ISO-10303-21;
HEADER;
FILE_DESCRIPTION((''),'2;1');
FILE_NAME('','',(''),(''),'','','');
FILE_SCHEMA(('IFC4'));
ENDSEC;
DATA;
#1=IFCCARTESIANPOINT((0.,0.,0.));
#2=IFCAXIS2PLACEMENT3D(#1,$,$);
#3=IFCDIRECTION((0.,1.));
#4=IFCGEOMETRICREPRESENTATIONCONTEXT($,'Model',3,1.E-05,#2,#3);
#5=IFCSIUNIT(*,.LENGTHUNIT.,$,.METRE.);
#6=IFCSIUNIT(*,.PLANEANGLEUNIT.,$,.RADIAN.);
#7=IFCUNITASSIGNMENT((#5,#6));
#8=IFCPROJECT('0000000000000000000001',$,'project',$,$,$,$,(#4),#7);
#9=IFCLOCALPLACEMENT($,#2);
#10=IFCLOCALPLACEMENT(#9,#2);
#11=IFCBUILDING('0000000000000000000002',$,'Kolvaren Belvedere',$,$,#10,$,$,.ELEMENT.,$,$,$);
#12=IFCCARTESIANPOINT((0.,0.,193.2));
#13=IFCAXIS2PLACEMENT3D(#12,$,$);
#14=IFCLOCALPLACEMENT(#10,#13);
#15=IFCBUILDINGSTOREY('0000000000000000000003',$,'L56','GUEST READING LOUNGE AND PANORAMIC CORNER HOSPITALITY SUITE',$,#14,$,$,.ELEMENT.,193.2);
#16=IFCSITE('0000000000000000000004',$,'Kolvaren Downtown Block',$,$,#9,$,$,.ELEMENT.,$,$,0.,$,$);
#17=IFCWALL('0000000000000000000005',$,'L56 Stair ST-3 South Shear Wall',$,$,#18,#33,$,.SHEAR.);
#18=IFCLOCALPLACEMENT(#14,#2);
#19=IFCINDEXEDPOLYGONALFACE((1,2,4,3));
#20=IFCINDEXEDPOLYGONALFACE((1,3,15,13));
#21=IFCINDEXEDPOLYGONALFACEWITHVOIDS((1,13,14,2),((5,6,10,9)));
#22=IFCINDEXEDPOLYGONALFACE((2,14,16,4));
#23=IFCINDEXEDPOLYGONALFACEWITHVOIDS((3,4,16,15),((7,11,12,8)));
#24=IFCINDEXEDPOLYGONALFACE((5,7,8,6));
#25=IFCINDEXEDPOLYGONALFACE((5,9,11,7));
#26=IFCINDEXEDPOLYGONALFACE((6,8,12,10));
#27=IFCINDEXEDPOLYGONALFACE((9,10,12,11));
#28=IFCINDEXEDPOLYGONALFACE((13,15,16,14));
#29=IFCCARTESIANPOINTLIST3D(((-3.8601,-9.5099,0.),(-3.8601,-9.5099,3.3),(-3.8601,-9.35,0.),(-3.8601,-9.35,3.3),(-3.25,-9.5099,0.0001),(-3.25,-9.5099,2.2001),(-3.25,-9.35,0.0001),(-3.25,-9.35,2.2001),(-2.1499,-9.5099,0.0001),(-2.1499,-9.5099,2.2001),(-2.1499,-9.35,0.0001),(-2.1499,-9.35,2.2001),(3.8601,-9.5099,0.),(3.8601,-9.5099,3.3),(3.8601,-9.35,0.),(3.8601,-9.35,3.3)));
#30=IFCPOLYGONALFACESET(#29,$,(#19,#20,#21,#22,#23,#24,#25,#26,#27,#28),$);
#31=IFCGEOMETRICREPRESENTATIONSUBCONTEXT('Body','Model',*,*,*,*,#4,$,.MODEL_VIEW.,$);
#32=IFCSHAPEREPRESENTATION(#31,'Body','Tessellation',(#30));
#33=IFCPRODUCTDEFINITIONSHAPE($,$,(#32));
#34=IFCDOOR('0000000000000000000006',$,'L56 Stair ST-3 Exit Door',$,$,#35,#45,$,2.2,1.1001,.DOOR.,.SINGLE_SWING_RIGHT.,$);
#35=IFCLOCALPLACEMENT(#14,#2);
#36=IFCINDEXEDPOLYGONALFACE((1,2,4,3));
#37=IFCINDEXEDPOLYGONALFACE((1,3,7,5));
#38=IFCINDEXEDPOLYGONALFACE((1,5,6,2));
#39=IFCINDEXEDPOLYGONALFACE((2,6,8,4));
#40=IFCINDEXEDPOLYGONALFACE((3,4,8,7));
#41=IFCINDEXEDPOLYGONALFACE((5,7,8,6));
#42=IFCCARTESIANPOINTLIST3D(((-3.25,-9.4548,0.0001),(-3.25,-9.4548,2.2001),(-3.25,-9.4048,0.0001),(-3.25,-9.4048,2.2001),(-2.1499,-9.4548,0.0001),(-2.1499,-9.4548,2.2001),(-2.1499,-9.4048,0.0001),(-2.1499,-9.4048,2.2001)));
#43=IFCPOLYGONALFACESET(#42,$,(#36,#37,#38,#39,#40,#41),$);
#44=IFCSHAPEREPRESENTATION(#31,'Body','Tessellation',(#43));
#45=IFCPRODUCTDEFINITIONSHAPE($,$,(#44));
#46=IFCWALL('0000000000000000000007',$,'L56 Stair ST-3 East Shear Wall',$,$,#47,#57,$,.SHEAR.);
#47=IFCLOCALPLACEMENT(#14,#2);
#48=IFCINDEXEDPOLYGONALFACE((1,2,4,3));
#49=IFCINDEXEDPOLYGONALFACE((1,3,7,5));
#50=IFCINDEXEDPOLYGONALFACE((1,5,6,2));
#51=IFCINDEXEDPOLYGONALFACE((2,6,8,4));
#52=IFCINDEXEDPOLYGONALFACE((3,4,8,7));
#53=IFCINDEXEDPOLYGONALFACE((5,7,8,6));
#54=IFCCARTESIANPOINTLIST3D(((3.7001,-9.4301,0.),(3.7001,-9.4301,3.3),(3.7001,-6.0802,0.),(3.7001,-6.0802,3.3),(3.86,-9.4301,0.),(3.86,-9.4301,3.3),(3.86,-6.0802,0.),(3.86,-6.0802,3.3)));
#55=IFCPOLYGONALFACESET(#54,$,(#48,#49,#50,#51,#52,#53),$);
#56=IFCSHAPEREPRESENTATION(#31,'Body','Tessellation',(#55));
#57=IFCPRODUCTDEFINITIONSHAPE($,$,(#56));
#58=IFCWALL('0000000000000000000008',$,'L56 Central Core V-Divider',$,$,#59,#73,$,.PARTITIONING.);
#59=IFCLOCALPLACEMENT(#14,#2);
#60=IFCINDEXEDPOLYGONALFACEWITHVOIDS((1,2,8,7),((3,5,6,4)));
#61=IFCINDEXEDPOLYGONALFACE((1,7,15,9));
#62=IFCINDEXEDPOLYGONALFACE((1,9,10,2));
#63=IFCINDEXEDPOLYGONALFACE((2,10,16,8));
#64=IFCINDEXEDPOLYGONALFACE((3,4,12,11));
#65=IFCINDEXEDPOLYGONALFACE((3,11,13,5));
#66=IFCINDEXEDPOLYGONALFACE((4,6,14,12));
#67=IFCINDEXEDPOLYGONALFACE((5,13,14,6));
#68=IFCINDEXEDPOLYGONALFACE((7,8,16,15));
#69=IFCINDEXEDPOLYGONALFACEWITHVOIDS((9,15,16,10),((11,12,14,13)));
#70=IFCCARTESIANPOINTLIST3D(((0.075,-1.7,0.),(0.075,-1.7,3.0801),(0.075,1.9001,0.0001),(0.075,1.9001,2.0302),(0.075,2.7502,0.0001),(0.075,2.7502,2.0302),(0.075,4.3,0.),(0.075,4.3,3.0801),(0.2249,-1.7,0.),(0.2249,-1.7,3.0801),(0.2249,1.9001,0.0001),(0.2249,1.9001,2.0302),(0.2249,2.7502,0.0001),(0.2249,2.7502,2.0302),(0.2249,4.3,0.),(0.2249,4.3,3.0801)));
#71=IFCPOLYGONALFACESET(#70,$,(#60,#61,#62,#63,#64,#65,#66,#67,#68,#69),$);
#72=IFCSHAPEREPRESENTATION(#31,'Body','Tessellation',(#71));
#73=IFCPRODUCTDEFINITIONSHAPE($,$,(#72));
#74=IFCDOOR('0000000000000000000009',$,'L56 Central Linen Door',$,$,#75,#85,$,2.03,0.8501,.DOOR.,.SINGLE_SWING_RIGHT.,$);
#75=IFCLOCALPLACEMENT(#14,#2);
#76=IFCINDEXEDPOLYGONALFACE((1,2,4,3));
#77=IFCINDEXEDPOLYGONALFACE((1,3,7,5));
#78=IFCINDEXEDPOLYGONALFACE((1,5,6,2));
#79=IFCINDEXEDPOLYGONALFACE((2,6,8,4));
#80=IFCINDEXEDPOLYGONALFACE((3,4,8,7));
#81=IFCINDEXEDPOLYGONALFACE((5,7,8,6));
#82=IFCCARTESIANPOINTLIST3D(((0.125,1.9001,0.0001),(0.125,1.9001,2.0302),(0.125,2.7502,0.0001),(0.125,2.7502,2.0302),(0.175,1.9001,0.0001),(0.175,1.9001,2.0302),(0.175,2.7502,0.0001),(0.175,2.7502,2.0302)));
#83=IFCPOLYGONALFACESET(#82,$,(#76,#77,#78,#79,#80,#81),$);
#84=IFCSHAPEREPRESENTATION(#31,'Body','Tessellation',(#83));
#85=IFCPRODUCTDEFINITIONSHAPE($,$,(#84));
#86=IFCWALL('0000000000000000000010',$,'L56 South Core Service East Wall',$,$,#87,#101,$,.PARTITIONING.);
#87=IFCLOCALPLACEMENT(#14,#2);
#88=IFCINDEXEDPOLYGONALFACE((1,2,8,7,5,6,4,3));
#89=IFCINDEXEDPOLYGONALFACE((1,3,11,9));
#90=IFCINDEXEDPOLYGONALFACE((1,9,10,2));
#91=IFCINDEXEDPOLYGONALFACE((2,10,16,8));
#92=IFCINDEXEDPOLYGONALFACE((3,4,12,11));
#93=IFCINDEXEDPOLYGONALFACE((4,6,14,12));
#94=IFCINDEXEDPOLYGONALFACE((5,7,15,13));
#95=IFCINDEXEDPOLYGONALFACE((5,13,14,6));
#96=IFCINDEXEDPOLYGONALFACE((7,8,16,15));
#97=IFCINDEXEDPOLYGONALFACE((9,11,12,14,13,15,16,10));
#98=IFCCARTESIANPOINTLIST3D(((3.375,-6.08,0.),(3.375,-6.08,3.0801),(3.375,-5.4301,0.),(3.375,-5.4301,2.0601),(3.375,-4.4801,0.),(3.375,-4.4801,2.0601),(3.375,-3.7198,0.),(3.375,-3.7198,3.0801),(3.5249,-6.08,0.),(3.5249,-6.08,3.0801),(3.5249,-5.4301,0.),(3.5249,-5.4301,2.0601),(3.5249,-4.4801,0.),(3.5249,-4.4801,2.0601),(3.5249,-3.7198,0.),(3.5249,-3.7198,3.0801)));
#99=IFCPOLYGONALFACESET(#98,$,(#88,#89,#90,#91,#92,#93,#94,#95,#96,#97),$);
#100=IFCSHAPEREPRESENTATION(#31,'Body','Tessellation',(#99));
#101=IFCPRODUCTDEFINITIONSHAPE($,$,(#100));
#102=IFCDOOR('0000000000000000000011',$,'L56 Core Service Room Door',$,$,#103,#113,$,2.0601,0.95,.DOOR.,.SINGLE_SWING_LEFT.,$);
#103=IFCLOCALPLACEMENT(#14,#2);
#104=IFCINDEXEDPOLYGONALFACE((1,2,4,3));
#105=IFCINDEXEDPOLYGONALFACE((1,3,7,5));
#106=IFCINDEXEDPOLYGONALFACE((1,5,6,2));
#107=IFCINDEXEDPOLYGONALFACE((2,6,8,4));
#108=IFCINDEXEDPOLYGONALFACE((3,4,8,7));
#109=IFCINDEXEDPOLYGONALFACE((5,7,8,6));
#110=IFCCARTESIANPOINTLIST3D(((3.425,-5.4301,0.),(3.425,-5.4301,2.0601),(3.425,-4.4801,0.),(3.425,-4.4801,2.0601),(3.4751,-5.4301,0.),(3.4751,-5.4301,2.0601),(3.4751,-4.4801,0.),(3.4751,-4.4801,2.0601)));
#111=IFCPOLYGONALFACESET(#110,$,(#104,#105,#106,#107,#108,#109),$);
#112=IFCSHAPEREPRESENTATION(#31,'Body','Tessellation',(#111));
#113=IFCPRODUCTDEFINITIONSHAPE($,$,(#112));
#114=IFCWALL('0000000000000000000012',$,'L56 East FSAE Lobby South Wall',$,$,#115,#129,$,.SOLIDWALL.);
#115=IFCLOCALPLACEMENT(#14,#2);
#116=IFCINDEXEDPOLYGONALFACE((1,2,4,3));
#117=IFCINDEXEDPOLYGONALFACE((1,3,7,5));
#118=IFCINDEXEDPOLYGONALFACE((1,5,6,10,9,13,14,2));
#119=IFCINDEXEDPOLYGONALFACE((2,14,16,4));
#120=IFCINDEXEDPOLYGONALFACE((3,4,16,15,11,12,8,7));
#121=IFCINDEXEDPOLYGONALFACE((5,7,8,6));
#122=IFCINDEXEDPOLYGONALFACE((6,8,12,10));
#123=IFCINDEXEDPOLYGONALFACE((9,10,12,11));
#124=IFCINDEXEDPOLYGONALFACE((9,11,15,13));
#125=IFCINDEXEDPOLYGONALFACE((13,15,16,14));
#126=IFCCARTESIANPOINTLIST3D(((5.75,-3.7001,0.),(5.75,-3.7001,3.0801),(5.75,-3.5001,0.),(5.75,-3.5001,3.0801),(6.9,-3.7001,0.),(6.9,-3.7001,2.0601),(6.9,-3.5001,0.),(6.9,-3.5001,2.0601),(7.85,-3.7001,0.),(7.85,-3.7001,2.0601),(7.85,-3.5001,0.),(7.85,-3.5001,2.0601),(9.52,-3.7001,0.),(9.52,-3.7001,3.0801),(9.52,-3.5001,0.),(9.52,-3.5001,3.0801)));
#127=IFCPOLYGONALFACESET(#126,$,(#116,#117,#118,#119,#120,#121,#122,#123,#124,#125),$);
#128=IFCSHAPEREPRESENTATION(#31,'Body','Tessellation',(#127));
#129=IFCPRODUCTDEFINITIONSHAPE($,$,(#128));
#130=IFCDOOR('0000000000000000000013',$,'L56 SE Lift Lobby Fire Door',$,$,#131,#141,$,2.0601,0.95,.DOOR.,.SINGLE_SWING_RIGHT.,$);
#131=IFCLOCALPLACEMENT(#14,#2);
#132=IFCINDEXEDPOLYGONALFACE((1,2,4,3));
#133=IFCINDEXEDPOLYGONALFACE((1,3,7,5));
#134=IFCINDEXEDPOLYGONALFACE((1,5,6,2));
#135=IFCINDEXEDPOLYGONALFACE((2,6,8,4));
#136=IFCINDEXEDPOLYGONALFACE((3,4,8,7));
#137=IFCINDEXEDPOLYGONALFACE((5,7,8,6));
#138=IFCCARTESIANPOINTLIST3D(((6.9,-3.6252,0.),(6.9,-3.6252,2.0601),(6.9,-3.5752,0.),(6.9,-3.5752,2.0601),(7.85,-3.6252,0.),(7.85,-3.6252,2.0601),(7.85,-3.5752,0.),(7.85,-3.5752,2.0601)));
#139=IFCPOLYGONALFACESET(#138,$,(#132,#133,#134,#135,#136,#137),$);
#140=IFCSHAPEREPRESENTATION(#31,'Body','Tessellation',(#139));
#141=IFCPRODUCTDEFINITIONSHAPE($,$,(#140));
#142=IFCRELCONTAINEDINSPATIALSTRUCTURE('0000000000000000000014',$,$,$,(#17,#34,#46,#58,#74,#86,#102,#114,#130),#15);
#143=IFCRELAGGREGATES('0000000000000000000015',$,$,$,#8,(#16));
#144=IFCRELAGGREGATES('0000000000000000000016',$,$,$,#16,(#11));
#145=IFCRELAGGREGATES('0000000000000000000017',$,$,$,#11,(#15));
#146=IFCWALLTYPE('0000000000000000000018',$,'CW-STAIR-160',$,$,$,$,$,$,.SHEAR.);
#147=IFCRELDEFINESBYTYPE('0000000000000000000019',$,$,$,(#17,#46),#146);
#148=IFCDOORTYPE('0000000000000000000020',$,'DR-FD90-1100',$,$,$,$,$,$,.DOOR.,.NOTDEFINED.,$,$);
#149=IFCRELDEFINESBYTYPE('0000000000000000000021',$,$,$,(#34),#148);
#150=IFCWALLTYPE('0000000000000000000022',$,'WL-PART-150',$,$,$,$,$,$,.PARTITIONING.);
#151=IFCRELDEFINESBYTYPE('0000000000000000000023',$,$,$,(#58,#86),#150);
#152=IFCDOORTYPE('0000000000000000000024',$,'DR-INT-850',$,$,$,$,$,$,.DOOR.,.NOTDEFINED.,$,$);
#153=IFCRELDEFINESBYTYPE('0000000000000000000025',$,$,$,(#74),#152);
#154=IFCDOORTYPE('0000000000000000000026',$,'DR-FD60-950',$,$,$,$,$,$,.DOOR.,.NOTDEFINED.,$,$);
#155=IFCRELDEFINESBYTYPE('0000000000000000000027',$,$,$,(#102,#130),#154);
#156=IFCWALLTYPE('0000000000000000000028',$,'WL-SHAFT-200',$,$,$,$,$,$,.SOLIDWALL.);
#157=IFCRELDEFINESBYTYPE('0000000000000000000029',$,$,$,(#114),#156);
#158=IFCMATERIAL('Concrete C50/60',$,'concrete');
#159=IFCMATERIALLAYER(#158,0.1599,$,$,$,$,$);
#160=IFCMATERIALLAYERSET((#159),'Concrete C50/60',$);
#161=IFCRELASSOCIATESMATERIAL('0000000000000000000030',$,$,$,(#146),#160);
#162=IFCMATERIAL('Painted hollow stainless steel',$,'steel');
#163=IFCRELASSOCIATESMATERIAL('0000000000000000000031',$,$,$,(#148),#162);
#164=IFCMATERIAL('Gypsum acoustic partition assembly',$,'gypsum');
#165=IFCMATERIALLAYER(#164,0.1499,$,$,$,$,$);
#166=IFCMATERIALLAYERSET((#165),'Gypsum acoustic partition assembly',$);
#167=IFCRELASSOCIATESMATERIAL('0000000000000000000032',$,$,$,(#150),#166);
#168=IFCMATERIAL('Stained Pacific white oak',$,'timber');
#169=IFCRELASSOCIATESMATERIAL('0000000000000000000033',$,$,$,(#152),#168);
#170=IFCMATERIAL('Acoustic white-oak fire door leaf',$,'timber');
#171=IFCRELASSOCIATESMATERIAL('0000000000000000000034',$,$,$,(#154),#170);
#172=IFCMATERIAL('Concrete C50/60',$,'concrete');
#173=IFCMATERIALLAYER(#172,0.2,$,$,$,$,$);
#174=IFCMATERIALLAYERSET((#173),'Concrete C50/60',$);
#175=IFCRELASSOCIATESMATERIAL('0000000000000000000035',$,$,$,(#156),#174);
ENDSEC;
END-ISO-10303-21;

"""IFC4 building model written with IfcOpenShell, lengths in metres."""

from ifc_helpers import new_model, si_unit, direction, frame, frame_2d, origin, place, context, subcontext, project, spatial, rectangle, extrude, material, layer, layer_set, type_object, element, fill, save


model = new_model("IFC4")

# Units and contexts
model_context = context("Model", 3, precision=1e-05, world=origin(), true_north=direction((0.0, 1.0)))
body_context = subcontext(model_context, "Body", "Model", "MODEL_VIEW")
ifc_project = project(units=[si_unit("LENGTHUNIT", "METRE"), si_unit("PLANEANGLEUNIT", "RADIAN")], contexts=[model_context])

# Site, building, storey
site_placement = place(None, origin())
site = spatial("IfcSite", under=ifc_project, at=site_placement, Name="Kolvaren Downtown Block", CompositionType="ELEMENT", RefElevation=0.0)
building_placement = place(site_placement, origin())
building = spatial("IfcBuilding", under=site, at=building_placement, Name="Kolvaren Belvedere", CompositionType="ELEMENT")
storey_placement = place(building_placement, frame((0.0, 0.0, 193.2)))
storey = spatial("IfcBuildingStorey", under=building, at=storey_placement, Name="L56", Description="GUEST READING LOUNGE AND PANORAMIC CORNER HOSPITALITY SUITE", CompositionType="ELEMENT", Elevation=193.2)

# Wall, opening, door
ifc_material_1 = material(Name="Concrete C50/60", Category="concrete")
ifc_layer_1 = layer(ifc_material_1, 0.1599)
ifc_layer_set_1 = layer_set([ifc_layer_1], Name="Concrete C50/60")
wall_type_1 = type_object("IfcWallType", Name="CW-STAIR-160", PredefinedType="SHEAR", material=ifc_layer_set_1)
wall_1_placement = place(storey_placement, frame((3.8601, -9.4299, 0.0), z_axis=(0.0, 0.0, 1.0), x_axis=(-1.0, 0.0, 0.0)))
wall_1 = element("IfcWall", 1, at=wall_1_placement, inside=storey, type_object=wall_type_1, Name="L56 Stair ST-3 South Shear Wall", PredefinedType="SHEAR", context=body_context, shape_type="SweptSolid", body=[
    extrude(rectangle(XDim=7.7202, YDim=0.1599, at=frame_2d((3.8601, 0.0))), origin(), (0.0, 0.0, 1.0), 3.3),
])
opening_1_placement = place(wall_1_placement, frame((6.01, 0.0, 0.0)))
opening_1 = element("IfcOpeningElement", 2, at=opening_1_placement, cuts=wall_1, PredefinedType="OPENING", context=body_context, shape_type="SweptSolid", body=[
    extrude(rectangle(XDim=1.1001, YDim=2.2, at=frame_2d((0.55, 1.1001))), frame((0.0, 0.0898, 0.0), z_axis=(0.0, -1.0, 0.0), x_axis=(1.0, 0.0, 0.0)), (0.0, 0.0, 1.0), 0.1799),
])
ifc_material_2 = material(Name="Painted hollow stainless steel", Category="steel")
door_type_1 = type_object("IfcDoorType", Name="DR-FD90-1100", OperationType="NOTDEFINED", PredefinedType="DOOR", material=ifc_material_2)
door_1_placement = place(opening_1_placement, origin())
door_1 = element("IfcDoor", 3, at=door_1_placement, inside=storey, type_object=door_type_1, Name="L56 Stair ST-3 Exit Door", OperationType="SINGLE_SWING_RIGHT", OverallHeight=2.2, OverallWidth=1.1001, PredefinedType="DOOR", context=body_context, shape_type="SweptSolid", body=[
    extrude(rectangle(XDim=1.1001, YDim=2.2, at=frame_2d((0.55, 1.1001))), frame((0.0, 0.0249, 0.0), z_axis=(0.0, -1.0, 0.0), x_axis=(1.0, 0.0, 0.0)), (0.0, 0.0, 1.0), 0.05),
])
fill(opening_1, door_1)

# Wall
wall_2_placement = place(storey_placement, frame((3.78, -9.4299, 0.0), z_axis=(0.0, 0.0, 1.0), x_axis=(0.0, 1.0, 0.0)))
element("IfcWall", 4, at=wall_2_placement, inside=storey, type_object=wall_type_1, Name="L56 Stair ST-3 East Shear Wall", PredefinedType="SHEAR", context=body_context, shape_type="SweptSolid", body=[
    extrude(rectangle(XDim=3.3499, YDim=0.1599, at=frame_2d((1.6748, 0.0))), origin(), (0.0, 0.0, 1.0), 3.3),
])

# Walls, openings, doors
ifc_material_3 = material(Name="Gypsum acoustic partition assembly", Category="gypsum")
ifc_layer_2 = layer(ifc_material_3, 0.1499)
ifc_layer_set_2 = layer_set([ifc_layer_2], Name="Gypsum acoustic partition assembly")
wall_type_2 = type_object("IfcWallType", Name="WL-PART-150", PredefinedType="PARTITIONING", material=ifc_layer_set_2)
wall_3_placement = place(storey_placement, frame((0.1499, -1.7, 0.0), z_axis=(0.0, 0.0, 1.0), x_axis=(0.0, 1.0, 0.0)))
wall_3 = element("IfcWall", 5, at=wall_3_placement, inside=storey, type_object=wall_type_2, Name="L56 Central Core V-Divider", PredefinedType="PARTITIONING", context=body_context, shape_type="SweptSolid", body=[
    extrude(rectangle(XDim=6.0, YDim=0.1499, at=frame_2d((3.0, 0.0))), origin(), (0.0, 0.0, 1.0), 3.0801),
])
opening_2_placement = place(wall_3_placement, frame((3.6001, 0.0, 0.0)))
opening_2 = element("IfcOpeningElement", 6, at=opening_2_placement, cuts=wall_3, PredefinedType="OPENING", context=body_context, shape_type="SweptSolid", body=[
    extrude(rectangle(XDim=0.8501, YDim=2.03, at=frame_2d((0.425, 1.0151))), frame((0.0, 0.085, 0.0), z_axis=(0.0, -1.0, 0.0), x_axis=(1.0, 0.0, 0.0)), (0.0, 0.0, 1.0), 0.1699),
])
ifc_material_4 = material(Name="Stained Pacific white oak", Category="timber")
door_type_2 = type_object("IfcDoorType", Name="DR-INT-850", OperationType="NOTDEFINED", PredefinedType="DOOR", material=ifc_material_4)
door_2_placement = place(opening_2_placement, origin())
door_2 = element("IfcDoor", 7, at=door_2_placement, inside=storey, type_object=door_type_2, Name="L56 Central Linen Door", OperationType="SINGLE_SWING_RIGHT", OverallHeight=2.03, OverallWidth=0.8501, PredefinedType="DOOR", context=body_context, shape_type="SweptSolid", body=[
    extrude(rectangle(XDim=0.8501, YDim=2.03, at=frame_2d((0.425, 1.0151))), frame((0.0, 0.0249, 0.0), z_axis=(0.0, -1.0, 0.0), x_axis=(1.0, 0.0, 0.0)), (0.0, 0.0, 1.0), 0.05),
])
fill(opening_2, door_2)
wall_4_placement = place(storey_placement, frame((3.45, -6.0801, 0.0), z_axis=(0.0, 0.0, 1.0), x_axis=(0.0, 1.0, 0.0)))
wall_4 = element("IfcWall", 8, at=wall_4_placement, inside=storey, type_object=wall_type_2, Name="L56 South Core Service East Wall", PredefinedType="PARTITIONING", context=body_context, shape_type="SweptSolid", body=[
    extrude(rectangle(XDim=2.3601, YDim=0.1499, at=frame_2d((1.1802, 0.0))), origin(), (0.0, 0.0, 1.0), 3.0801),
])
opening_3_placement = place(wall_4_placement, frame((0.6499, 0.0, 0.0)))
opening_3 = element("IfcOpeningElement", 9, at=opening_3_placement, cuts=wall_4, PredefinedType="OPENING", context=body_context, shape_type="SweptSolid", body=[
    extrude(rectangle(XDim=0.95, YDim=2.0601, at=frame_2d((0.4751, 1.03))), frame((0.0, 0.085, 0.0), z_axis=(0.0, -1.0, 0.0), x_axis=(1.0, 0.0, 0.0)), (0.0, 0.0, 1.0), 0.1699),
])
ifc_material_5 = material(Name="Acoustic white-oak fire door leaf", Category="timber")
door_type_3 = type_object("IfcDoorType", Name="DR-FD60-950", OperationType="NOTDEFINED", PredefinedType="DOOR", material=ifc_material_5)
door_3_placement = place(opening_3_placement, origin())
door_3 = element("IfcDoor", 10, at=door_3_placement, inside=storey, type_object=door_type_3, Name="L56 Core Service Room Door", OperationType="SINGLE_SWING_LEFT", OverallHeight=2.0601, OverallWidth=0.95, PredefinedType="DOOR", context=body_context, shape_type="SweptSolid", body=[
    extrude(rectangle(XDim=0.95, YDim=2.0601, at=frame_2d((0.4751, 1.03))), frame((0.0, 0.0249, 0.0), z_axis=(0.0, -1.0, 0.0), x_axis=(1.0, 0.0, 0.0)), (0.0, 0.0, 1.0), 0.05),
])
fill(opening_3, door_3)
ifc_material_6 = material(Name="Concrete C50/60", Category="concrete")
ifc_layer_3 = layer(ifc_material_6, 0.2)
ifc_layer_set_3 = layer_set([ifc_layer_3], Name="Concrete C50/60")
wall_type_3 = type_object("IfcWallType", Name="WL-SHAFT-200", PredefinedType="SOLIDWALL", material=ifc_layer_set_3)
wall_5_placement = place(storey_placement, frame((5.75, -3.6001, 0.0), z_axis=(0.0, 0.0, 1.0), x_axis=(1.0, 0.0, 0.0)))
wall_5 = element("IfcWall", 11, at=wall_5_placement, inside=storey, type_object=wall_type_3, Name="L56 East FSAE Lobby South Wall", PredefinedType="SOLIDWALL", context=body_context, shape_type="SweptSolid", body=[
    extrude(rectangle(XDim=3.77, YDim=0.2, at=frame_2d((1.885, 0.0))), origin(), (0.0, 0.0, 1.0), 3.0801),
])
opening_4_placement = place(wall_5_placement, frame((1.1499, 0.0, 0.0)))
opening_4 = element("IfcOpeningElement", 12, at=opening_4_placement, cuts=wall_5, PredefinedType="OPENING", context=body_context, shape_type="SweptSolid", body=[
    extrude(rectangle(XDim=0.95, YDim=2.0601, at=frame_2d((0.4751, 1.03))), frame((0.0, 0.1099, 0.0), z_axis=(0.0, -1.0, 0.0), x_axis=(1.0, 0.0, 0.0)), (0.0, 0.0, 1.0), 0.22),
])
door_4_placement = place(opening_4_placement, origin())
door_4 = element("IfcDoor", 13, at=door_4_placement, inside=storey, type_object=door_type_3, Name="L56 SE Lift Lobby Fire Door", OperationType="SINGLE_SWING_RIGHT", OverallHeight=2.0601, OverallWidth=0.95, PredefinedType="DOOR", context=body_context, shape_type="SweptSolid", body=[
    extrude(rectangle(XDim=0.95, YDim=2.0601, at=frame_2d((0.4751, 1.03))), frame((0.0, 0.0249, 0.0), z_axis=(0.0, -1.0, 0.0), x_axis=(1.0, 0.0, 0.0)), (0.0, 0.0, 1.0), 0.05),
])
fill(opening_4, door_4)

save(model, "model.ifc")
